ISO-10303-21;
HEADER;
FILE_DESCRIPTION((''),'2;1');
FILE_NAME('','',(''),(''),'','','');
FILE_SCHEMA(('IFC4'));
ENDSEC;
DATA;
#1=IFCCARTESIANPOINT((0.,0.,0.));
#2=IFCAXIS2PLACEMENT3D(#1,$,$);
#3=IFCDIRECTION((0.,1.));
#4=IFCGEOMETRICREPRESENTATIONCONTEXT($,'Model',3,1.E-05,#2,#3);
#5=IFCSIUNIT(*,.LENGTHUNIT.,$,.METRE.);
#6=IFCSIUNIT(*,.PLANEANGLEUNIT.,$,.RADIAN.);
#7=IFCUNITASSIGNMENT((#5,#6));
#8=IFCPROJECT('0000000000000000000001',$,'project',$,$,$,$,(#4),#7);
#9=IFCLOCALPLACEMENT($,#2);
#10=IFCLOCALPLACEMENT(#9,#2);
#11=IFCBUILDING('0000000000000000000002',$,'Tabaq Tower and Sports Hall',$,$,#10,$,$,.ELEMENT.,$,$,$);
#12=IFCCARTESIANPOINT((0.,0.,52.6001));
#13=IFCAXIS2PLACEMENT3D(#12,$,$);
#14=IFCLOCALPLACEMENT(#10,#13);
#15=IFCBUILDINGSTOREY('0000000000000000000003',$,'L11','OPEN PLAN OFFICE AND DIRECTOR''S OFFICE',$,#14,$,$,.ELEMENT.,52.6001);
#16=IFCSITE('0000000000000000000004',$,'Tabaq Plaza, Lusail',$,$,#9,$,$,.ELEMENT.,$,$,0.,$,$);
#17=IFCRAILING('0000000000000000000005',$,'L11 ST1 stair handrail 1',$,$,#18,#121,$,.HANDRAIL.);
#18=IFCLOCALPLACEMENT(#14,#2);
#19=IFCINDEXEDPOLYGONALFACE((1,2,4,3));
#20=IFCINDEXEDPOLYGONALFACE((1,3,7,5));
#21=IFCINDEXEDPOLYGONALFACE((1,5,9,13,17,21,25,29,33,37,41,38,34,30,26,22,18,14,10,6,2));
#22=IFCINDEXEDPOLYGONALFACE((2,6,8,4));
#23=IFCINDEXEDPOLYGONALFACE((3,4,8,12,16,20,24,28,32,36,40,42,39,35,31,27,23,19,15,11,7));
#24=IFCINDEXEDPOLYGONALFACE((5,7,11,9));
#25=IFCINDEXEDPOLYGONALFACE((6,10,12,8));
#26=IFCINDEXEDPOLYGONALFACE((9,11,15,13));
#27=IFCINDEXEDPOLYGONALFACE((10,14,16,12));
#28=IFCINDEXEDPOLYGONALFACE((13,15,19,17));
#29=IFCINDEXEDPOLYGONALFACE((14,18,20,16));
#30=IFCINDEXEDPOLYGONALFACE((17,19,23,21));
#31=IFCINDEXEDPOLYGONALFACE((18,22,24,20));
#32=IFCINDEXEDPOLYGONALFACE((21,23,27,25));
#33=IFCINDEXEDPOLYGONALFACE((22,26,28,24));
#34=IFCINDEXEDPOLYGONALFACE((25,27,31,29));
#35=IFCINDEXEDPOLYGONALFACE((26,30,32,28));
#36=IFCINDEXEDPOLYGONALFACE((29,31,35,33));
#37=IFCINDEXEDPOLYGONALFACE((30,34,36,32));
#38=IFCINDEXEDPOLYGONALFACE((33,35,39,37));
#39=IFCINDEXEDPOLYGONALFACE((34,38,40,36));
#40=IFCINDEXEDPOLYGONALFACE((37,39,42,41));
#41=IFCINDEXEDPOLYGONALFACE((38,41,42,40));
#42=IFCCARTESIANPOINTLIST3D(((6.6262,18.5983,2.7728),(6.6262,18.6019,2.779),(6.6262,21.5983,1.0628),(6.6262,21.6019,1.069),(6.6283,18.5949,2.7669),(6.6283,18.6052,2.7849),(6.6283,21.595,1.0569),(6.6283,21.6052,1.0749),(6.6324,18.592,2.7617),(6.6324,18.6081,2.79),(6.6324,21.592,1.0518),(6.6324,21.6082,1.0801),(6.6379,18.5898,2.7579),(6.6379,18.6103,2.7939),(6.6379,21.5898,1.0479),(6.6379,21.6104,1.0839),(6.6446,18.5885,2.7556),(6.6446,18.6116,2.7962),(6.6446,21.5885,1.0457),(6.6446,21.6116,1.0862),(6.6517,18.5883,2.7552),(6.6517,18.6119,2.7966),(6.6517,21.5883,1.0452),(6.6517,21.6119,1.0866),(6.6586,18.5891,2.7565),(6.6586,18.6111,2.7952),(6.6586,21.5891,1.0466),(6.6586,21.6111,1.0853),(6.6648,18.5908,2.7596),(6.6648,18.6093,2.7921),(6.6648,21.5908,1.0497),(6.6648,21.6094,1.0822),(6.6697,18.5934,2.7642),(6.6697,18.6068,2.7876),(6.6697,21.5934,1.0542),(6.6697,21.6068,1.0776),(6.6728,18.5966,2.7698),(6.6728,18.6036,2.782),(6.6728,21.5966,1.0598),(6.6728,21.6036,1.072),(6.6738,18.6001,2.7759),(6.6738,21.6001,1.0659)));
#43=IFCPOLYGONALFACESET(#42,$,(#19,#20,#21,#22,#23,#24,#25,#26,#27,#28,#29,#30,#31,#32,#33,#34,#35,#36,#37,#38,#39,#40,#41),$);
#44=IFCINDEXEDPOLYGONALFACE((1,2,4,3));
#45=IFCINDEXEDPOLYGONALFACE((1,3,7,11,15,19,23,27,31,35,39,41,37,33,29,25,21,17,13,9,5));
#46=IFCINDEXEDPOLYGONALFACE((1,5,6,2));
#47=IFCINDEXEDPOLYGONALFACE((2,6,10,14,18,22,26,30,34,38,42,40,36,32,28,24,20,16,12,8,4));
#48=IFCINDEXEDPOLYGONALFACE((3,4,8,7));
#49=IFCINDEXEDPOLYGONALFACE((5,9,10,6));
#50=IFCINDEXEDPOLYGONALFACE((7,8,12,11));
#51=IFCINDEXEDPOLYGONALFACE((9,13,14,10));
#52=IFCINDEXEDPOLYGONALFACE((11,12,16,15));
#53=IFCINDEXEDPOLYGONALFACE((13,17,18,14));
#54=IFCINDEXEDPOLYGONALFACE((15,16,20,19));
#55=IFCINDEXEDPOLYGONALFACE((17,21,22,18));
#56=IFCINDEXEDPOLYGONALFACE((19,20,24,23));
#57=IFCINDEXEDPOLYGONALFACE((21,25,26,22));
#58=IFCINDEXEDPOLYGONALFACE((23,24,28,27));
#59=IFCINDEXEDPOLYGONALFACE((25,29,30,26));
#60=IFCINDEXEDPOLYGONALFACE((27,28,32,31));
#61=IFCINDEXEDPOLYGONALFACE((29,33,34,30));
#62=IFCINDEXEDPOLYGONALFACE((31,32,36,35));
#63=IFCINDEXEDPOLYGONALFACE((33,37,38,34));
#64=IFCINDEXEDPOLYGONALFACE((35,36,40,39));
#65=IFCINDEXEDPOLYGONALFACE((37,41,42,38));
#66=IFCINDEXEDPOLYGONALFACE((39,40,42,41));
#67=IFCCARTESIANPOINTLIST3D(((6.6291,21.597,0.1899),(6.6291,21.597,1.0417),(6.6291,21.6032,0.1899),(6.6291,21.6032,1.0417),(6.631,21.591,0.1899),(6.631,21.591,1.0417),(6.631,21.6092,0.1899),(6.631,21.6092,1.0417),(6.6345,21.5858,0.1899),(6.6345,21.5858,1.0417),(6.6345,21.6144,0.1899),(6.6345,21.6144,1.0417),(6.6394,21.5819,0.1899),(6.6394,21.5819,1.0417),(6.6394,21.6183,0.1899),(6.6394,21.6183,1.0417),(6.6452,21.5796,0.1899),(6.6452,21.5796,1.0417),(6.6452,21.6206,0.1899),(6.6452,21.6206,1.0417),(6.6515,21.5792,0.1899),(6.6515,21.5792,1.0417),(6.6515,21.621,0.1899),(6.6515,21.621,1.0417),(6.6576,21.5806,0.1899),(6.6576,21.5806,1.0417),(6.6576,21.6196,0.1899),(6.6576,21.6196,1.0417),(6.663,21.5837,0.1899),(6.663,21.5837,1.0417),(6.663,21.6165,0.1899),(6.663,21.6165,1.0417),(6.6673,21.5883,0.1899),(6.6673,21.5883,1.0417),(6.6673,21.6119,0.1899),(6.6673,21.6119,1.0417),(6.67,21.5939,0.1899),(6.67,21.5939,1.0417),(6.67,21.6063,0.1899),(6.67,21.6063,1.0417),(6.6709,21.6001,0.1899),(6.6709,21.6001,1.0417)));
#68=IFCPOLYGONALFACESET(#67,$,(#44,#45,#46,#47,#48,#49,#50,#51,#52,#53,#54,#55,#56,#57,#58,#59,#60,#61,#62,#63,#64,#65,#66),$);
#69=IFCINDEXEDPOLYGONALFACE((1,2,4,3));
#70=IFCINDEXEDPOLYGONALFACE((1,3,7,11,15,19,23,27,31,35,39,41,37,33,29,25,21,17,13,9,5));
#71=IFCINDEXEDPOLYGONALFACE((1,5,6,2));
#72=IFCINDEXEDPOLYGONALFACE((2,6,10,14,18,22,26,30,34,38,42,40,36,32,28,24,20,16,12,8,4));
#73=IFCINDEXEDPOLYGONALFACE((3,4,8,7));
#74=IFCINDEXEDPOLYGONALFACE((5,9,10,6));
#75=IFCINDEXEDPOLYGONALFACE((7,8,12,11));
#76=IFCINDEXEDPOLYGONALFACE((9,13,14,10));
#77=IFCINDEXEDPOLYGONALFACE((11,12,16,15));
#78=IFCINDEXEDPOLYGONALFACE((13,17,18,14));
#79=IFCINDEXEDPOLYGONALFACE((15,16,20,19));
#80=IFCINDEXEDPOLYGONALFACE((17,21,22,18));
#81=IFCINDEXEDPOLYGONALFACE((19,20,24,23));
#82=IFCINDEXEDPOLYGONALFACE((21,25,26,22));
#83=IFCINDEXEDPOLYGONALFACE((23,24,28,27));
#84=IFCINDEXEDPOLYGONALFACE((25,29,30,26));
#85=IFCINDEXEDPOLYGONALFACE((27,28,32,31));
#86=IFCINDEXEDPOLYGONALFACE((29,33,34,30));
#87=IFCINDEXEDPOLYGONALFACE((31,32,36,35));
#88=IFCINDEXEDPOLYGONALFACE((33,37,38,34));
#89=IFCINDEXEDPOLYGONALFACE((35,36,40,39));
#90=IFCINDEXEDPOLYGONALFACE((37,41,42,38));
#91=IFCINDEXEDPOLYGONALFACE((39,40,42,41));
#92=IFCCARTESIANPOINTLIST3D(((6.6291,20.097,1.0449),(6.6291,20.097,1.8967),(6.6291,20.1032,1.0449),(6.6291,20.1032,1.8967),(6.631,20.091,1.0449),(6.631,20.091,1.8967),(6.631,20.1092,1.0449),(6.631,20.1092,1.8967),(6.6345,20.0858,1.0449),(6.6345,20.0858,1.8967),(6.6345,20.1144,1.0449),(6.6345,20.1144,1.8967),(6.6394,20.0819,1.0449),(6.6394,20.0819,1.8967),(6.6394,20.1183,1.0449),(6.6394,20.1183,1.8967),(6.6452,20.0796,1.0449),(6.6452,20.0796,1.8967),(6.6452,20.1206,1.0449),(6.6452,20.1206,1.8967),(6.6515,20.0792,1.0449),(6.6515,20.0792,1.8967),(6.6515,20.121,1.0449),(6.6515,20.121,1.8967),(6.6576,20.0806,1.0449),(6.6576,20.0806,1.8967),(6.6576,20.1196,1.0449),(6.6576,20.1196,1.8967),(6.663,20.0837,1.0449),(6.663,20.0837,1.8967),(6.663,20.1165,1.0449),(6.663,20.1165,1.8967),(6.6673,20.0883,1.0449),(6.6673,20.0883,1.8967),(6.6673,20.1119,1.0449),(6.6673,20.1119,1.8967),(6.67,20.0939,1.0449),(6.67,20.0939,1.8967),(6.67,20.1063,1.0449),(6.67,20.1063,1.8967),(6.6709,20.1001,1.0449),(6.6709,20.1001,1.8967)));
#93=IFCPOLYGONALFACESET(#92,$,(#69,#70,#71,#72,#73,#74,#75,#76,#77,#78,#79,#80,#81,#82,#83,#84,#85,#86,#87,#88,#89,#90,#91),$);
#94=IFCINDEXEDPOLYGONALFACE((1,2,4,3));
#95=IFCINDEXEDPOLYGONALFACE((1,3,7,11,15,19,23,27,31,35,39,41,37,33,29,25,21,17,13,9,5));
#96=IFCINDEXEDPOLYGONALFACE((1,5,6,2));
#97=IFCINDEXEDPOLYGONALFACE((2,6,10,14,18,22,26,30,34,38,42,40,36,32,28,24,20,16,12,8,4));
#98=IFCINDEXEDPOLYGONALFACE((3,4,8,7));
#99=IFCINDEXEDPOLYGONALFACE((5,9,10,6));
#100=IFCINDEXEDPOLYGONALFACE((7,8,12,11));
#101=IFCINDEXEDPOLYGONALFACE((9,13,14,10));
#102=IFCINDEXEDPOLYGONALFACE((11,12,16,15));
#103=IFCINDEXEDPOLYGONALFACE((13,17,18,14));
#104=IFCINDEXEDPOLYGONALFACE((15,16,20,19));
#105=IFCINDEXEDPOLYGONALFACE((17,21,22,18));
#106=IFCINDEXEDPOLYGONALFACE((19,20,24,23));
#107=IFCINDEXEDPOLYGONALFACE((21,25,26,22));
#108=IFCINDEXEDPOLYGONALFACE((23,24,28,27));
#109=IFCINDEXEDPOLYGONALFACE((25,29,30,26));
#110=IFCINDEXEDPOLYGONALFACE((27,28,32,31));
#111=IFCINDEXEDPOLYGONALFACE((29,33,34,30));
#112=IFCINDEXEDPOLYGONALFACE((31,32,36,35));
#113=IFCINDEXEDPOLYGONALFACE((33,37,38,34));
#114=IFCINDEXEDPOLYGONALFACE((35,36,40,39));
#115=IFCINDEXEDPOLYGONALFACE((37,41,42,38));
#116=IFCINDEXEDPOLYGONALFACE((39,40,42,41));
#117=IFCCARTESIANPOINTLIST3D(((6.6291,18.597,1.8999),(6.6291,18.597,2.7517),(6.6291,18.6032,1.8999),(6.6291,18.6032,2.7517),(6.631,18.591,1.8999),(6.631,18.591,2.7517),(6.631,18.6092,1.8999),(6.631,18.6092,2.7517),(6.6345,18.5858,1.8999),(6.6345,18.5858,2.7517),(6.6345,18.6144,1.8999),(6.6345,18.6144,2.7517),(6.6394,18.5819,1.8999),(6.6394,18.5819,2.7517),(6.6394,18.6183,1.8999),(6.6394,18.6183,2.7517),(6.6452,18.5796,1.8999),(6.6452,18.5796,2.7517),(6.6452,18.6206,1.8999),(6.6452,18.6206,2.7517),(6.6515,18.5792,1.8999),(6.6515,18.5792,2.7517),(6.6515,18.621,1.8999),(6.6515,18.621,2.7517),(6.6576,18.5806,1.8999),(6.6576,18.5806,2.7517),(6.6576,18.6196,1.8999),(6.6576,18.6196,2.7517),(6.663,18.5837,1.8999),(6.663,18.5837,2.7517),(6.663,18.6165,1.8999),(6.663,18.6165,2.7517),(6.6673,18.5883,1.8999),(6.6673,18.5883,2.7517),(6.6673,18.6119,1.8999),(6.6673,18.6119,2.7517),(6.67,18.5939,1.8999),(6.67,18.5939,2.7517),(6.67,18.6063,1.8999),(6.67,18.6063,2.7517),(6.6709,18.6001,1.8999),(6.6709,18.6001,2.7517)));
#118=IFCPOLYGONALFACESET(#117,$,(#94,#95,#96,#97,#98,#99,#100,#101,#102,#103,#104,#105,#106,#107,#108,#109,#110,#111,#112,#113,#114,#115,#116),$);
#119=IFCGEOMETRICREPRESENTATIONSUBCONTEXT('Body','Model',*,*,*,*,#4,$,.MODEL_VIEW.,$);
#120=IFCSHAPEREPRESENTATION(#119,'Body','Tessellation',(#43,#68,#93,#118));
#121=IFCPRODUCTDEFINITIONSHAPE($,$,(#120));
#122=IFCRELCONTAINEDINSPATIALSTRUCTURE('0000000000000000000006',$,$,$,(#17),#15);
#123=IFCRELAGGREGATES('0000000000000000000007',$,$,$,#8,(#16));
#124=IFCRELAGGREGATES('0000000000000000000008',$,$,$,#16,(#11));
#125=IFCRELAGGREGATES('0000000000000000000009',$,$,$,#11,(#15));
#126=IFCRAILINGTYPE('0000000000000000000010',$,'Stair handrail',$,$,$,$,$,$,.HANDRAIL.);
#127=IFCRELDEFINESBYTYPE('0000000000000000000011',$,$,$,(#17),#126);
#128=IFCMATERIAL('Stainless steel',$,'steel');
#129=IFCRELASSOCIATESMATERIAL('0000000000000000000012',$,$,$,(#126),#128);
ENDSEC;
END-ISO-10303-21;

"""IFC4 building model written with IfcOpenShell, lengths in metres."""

from ifc_helpers import new_model, si_unit, direction, frame, origin, origin_2d, place, context, subcontext, project, spatial, circle, extrude, material, type_object, element, save


model = new_model("IFC4")

# Units and contexts
model_context = context("Model", 3, precision=1e-05, world=origin(), true_north=direction((0.0, 1.0)))
body_context = subcontext(model_context, "Body", "Model", "MODEL_VIEW")
ifc_project = project(units=[si_unit("LENGTHUNIT", "METRE"), si_unit("PLANEANGLEUNIT", "RADIAN")], contexts=[model_context])

# Site, building, storey
site_placement = place(None, origin())
site = spatial("IfcSite", under=ifc_project, at=site_placement, Name="Tabaq Plaza, Lusail", CompositionType="ELEMENT", RefElevation=0.0)
building_placement = place(site_placement, origin())
building = spatial("IfcBuilding", under=site, at=building_placement, Name="Tabaq Tower and Sports Hall", CompositionType="ELEMENT")
storey_placement = place(building_placement, frame((0.0, 0.0, 52.6001)))
storey = spatial("IfcBuildingStorey", under=building, at=storey_placement, Name="L11", Description="OPEN PLAN OFFICE AND DIRECTOR'S OFFICE", CompositionType="ELEMENT", Elevation=52.6001)

# Railing
ifc_material_1 = material(Name="Stainless steel", Category="steel")
railing_type_1 = type_object("IfcRailingType", Name="Stair handrail", PredefinedType="HANDRAIL", material=ifc_material_1)
railing_1_placement = place(storey_placement, frame((6.6499, 21.6001, 0.1899)))
element("IfcRailing", 1, at=railing_1_placement, inside=storey, type_object=railing_type_1, Name="L11 ST1 stair handrail 1", PredefinedType="HANDRAIL", context=body_context, shape_type="SweptSolid", body=[
    extrude(circle(Radius=0.0239, at=origin_2d()), frame((0.0, 0.0, 0.876), z_axis=(0.0, -0.868782, 0.495195), x_axis=(1.0, 0.0, 0.0)), (0.0, 0.0, 1.0), 3.4531),
    extrude(circle(Radius=0.021, at=origin_2d()), origin(), (0.0, 0.0, 1.0), 0.8518),
    extrude(circle(Radius=0.021, at=origin_2d()), frame((0.0, -1.5, 0.855)), (0.0, 0.0, 1.0), 0.8518),
    extrude(circle(Radius=0.021, at=origin_2d()), frame((0.0, -3.0, 1.71)), (0.0, 0.0, 1.0), 0.8518),
])

save(model, "model.ifc")
